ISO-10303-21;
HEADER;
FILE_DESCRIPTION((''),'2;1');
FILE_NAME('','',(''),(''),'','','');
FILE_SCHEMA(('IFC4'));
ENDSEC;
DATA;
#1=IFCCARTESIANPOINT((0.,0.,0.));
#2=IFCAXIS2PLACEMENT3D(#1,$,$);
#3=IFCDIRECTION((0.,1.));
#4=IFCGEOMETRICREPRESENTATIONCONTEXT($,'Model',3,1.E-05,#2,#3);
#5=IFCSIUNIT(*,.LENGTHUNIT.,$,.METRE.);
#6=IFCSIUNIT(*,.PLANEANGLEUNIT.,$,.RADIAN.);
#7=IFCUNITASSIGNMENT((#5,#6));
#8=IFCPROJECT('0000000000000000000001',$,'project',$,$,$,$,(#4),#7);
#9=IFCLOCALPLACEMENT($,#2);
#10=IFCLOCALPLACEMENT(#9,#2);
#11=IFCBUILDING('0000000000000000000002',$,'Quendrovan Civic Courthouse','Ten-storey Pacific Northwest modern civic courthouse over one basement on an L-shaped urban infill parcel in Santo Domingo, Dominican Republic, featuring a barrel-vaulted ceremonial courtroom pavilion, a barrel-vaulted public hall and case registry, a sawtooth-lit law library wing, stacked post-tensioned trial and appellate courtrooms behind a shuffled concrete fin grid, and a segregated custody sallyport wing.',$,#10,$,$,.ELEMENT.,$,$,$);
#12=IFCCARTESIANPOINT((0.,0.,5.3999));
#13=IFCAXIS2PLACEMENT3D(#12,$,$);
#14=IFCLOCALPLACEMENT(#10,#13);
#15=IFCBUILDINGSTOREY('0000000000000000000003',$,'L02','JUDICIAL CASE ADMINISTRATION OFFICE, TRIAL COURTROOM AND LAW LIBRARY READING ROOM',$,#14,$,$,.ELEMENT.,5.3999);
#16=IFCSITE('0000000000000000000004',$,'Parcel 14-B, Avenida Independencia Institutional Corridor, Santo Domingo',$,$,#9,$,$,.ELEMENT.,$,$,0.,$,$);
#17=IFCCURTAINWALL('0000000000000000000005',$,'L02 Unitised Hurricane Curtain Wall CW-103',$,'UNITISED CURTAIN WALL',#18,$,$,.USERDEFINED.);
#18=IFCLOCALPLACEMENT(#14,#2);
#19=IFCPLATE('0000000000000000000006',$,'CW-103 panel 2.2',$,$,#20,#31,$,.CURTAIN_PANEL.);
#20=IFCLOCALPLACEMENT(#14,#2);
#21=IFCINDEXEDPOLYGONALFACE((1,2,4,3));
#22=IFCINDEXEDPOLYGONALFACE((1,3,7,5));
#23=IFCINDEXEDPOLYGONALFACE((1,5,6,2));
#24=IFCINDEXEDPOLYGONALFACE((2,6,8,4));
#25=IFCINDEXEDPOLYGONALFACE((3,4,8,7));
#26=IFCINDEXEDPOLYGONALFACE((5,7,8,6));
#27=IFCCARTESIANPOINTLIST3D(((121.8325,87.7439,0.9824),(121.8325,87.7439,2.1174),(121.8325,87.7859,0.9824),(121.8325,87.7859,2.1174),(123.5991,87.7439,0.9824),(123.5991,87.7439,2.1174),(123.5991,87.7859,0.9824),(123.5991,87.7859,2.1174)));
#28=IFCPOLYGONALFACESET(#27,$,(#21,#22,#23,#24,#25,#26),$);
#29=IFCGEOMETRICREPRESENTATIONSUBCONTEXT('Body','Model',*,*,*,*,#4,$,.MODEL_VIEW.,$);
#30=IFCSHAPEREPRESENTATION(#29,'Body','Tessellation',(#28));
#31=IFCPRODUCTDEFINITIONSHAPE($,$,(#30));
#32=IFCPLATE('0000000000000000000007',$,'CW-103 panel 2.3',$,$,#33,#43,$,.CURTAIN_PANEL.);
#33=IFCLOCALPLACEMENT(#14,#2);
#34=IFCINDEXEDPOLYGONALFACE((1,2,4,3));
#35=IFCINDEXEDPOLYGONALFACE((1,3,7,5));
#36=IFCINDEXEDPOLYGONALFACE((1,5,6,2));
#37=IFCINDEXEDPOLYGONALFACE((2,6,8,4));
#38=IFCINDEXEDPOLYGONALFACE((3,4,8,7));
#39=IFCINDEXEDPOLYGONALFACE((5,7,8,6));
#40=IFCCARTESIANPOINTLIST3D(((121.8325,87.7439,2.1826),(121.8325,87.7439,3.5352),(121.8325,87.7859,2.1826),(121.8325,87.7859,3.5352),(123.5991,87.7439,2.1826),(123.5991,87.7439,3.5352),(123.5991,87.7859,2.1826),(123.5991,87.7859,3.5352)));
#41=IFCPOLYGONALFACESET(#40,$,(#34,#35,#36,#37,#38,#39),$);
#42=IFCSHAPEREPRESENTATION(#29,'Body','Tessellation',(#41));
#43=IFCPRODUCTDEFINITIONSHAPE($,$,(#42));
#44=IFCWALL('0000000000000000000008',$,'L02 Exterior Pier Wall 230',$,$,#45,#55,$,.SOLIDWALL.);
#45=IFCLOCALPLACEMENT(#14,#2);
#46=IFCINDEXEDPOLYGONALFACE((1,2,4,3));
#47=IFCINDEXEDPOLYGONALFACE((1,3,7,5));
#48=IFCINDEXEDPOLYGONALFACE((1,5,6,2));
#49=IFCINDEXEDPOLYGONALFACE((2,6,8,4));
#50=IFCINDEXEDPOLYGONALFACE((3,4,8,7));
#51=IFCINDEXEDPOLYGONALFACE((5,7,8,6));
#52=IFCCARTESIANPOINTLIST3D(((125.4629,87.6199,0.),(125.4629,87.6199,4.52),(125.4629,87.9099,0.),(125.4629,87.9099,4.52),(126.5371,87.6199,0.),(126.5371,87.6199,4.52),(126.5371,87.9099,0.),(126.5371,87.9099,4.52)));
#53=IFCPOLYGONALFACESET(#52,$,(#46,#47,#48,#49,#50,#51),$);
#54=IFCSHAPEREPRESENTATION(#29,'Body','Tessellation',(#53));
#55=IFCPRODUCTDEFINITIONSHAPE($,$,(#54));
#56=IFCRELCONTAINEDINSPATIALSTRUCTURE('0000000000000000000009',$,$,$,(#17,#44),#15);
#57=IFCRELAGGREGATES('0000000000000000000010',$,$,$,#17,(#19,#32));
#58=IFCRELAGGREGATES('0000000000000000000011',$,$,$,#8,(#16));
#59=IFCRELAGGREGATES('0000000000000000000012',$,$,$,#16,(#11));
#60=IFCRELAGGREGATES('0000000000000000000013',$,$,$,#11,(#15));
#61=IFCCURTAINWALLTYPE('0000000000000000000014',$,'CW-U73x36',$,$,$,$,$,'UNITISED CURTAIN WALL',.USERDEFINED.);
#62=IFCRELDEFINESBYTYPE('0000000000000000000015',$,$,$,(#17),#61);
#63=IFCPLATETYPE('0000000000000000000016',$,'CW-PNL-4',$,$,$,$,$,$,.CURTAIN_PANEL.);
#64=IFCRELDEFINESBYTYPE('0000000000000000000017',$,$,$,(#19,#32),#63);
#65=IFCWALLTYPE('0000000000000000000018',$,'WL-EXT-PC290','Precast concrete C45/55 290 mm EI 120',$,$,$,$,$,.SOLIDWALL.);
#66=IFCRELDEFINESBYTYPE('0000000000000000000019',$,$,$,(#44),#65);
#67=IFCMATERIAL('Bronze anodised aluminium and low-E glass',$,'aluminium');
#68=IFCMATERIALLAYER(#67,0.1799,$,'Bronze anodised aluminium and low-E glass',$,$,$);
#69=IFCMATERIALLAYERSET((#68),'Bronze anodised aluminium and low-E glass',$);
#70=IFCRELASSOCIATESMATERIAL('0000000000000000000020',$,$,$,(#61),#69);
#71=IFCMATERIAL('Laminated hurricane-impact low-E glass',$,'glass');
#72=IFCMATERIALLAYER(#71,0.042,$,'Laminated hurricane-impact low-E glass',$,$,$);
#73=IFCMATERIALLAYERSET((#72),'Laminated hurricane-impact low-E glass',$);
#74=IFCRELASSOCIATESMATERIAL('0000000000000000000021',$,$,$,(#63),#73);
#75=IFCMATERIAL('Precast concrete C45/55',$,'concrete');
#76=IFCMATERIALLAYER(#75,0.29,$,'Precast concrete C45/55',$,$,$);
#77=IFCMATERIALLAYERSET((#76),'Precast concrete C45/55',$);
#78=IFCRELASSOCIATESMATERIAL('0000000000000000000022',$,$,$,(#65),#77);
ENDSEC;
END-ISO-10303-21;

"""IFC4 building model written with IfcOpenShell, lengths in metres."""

from ifc_helpers import new_model, si_unit, direction, frame, frame_2d, origin, origin_2d, place, context, subcontext, project, spatial, rectangle, extrude, material, layer, layer_set, type_object, element, aggregate, save


model = new_model("IFC4")

# Units and contexts
model_context = context("Model", 3, precision=1e-05, world=origin(), true_north=direction((0.0, 1.0)))
body_context = subcontext(model_context, "Body", "Model", "MODEL_VIEW")
ifc_project = project(units=[si_unit("LENGTHUNIT", "METRE"), si_unit("PLANEANGLEUNIT", "RADIAN")], contexts=[model_context])

# Site, building, storey
site_placement = place(None, origin())
site = spatial("IfcSite", under=ifc_project, at=site_placement, Name="Parcel 14-B, Avenida Independencia Institutional Corridor, Santo Domingo", CompositionType="ELEMENT", RefElevation=0.0)
building_placement = place(site_placement, origin())
building = spatial("IfcBuilding", under=site, at=building_placement, Name="Quendrovan Civic Courthouse", Description="Ten-storey Pacific Northwest modern civic courthouse over one basement on an L-shaped urban infill parcel in Santo Domingo, Dominican Republic, featuring a barrel-vaulted ceremonial courtroom pavilion, a barrel-vaulted public hall and case registry, a sawtooth-lit law library wing, stacked post-tensioned trial and appellate courtrooms behind a shuffled concrete fin grid, and a segregated custody sallyport wing.", CompositionType="ELEMENT")
storey_placement = place(building_placement, frame((0.0, 0.0, 5.3999)))
storey = spatial("IfcBuildingStorey", under=building, at=storey_placement, Name="L02", Description="JUDICIAL CASE ADMINISTRATION OFFICE, TRIAL COURTROOM AND LAW LIBRARY READING ROOM", CompositionType="ELEMENT", Elevation=5.3999)

# Curtain wall
ifc_material_1 = material(Name="Bronze anodised aluminium and low-E glass", Category="aluminium")
ifc_layer_1 = layer(ifc_material_1, 0.1799, Name="Bronze anodised aluminium and low-E glass")
ifc_layer_set_1 = layer_set([ifc_layer_1], Name="Bronze anodised aluminium and low-E glass")
curtain_wall_type = type_object("IfcCurtainWallType", Name="CW-U73x36", ElementType="UNITISED CURTAIN WALL", PredefinedType="USERDEFINED", material=ifc_layer_set_1)
curtain_wall_1_placement = place(storey_placement, origin())
curtain_wall_1 = element("IfcCurtainWall", 1, at=curtain_wall_1_placement, inside=storey, type_object=curtain_wall_type, Name="L02 Unitised Hurricane Curtain Wall CW-103", ObjectType="UNITISED CURTAIN WALL", PredefinedType="USERDEFINED")

# Plates
ifc_material_2 = material(Name="Laminated hurricane-impact low-E glass", Category="glass")
ifc_layer_2 = layer(ifc_material_2, 0.042, Name="Laminated hurricane-impact low-E glass")
ifc_layer_set_2 = layer_set([ifc_layer_2], Name="Laminated hurricane-impact low-E glass")
plate_type_1 = type_object("IfcPlateType", Name="CW-PNL-4", PredefinedType="CURTAIN_PANEL", material=ifc_layer_set_2)
plate_1_placement = place(storey_placement, frame((122.7158, 87.7649, 0.9824), z_axis=(0.0, 0.0, 1.0), x_axis=(-1.0, 0.0, 0.0)))
plate_1 = element("IfcPlate", 2, at=plate_1_placement, type_object=plate_type_1, Name="CW-103 panel 2.2", PredefinedType="CURTAIN_PANEL", context=body_context, shape_type="SweptSolid", body=[
    extrude(rectangle(XDim=1.7666, YDim=0.042, at=origin_2d()), origin(), (0.0, 0.0, 1.0), 1.135),
])
plate_2_placement = place(storey_placement, frame((122.7158, 87.7649, 2.1826), z_axis=(0.0, 0.0, 1.0), x_axis=(-1.0, 0.0, 0.0)))
plate_2 = element("IfcPlate", 3, at=plate_2_placement, type_object=plate_type_1, Name="CW-103 panel 2.3", PredefinedType="CURTAIN_PANEL", context=body_context, shape_type="SweptSolid", body=[
    extrude(rectangle(XDim=1.7666, YDim=0.042, at=origin_2d()), origin(), (0.0, 0.0, 1.0), 1.3525),
])
aggregate(curtain_wall_1, [plate_1, plate_2])

# Wall
ifc_material_3 = material(Name="Precast concrete C45/55", Category="concrete")
ifc_layer_3 = layer(ifc_material_3, 0.29, Name="Precast concrete C45/55")
ifc_layer_set_3 = layer_set([ifc_layer_3], Name="Precast concrete C45/55")
wall_type = type_object("IfcWallType", Name="WL-EXT-PC290", Description="Precast concrete C45/55 290 mm EI 120", PredefinedType="SOLIDWALL", material=ifc_layer_set_3)
wall_placement = place(storey_placement, frame((126.5371, 87.7649, 0.0), z_axis=(0.0, 0.0, 1.0), x_axis=(-1.0, 0.0, 0.0)))
element("IfcWall", 4, at=wall_placement, inside=storey, type_object=wall_type, Name="L02 Exterior Pier Wall 230", PredefinedType="SOLIDWALL", context=body_context, shape_type="SweptSolid", body=[
    extrude(rectangle(XDim=1.0742, YDim=0.29, at=frame_2d((0.5371, 0.0))), origin(), (0.0, 0.0, 1.0), 4.52),
])

save(model, "model.ifc")
